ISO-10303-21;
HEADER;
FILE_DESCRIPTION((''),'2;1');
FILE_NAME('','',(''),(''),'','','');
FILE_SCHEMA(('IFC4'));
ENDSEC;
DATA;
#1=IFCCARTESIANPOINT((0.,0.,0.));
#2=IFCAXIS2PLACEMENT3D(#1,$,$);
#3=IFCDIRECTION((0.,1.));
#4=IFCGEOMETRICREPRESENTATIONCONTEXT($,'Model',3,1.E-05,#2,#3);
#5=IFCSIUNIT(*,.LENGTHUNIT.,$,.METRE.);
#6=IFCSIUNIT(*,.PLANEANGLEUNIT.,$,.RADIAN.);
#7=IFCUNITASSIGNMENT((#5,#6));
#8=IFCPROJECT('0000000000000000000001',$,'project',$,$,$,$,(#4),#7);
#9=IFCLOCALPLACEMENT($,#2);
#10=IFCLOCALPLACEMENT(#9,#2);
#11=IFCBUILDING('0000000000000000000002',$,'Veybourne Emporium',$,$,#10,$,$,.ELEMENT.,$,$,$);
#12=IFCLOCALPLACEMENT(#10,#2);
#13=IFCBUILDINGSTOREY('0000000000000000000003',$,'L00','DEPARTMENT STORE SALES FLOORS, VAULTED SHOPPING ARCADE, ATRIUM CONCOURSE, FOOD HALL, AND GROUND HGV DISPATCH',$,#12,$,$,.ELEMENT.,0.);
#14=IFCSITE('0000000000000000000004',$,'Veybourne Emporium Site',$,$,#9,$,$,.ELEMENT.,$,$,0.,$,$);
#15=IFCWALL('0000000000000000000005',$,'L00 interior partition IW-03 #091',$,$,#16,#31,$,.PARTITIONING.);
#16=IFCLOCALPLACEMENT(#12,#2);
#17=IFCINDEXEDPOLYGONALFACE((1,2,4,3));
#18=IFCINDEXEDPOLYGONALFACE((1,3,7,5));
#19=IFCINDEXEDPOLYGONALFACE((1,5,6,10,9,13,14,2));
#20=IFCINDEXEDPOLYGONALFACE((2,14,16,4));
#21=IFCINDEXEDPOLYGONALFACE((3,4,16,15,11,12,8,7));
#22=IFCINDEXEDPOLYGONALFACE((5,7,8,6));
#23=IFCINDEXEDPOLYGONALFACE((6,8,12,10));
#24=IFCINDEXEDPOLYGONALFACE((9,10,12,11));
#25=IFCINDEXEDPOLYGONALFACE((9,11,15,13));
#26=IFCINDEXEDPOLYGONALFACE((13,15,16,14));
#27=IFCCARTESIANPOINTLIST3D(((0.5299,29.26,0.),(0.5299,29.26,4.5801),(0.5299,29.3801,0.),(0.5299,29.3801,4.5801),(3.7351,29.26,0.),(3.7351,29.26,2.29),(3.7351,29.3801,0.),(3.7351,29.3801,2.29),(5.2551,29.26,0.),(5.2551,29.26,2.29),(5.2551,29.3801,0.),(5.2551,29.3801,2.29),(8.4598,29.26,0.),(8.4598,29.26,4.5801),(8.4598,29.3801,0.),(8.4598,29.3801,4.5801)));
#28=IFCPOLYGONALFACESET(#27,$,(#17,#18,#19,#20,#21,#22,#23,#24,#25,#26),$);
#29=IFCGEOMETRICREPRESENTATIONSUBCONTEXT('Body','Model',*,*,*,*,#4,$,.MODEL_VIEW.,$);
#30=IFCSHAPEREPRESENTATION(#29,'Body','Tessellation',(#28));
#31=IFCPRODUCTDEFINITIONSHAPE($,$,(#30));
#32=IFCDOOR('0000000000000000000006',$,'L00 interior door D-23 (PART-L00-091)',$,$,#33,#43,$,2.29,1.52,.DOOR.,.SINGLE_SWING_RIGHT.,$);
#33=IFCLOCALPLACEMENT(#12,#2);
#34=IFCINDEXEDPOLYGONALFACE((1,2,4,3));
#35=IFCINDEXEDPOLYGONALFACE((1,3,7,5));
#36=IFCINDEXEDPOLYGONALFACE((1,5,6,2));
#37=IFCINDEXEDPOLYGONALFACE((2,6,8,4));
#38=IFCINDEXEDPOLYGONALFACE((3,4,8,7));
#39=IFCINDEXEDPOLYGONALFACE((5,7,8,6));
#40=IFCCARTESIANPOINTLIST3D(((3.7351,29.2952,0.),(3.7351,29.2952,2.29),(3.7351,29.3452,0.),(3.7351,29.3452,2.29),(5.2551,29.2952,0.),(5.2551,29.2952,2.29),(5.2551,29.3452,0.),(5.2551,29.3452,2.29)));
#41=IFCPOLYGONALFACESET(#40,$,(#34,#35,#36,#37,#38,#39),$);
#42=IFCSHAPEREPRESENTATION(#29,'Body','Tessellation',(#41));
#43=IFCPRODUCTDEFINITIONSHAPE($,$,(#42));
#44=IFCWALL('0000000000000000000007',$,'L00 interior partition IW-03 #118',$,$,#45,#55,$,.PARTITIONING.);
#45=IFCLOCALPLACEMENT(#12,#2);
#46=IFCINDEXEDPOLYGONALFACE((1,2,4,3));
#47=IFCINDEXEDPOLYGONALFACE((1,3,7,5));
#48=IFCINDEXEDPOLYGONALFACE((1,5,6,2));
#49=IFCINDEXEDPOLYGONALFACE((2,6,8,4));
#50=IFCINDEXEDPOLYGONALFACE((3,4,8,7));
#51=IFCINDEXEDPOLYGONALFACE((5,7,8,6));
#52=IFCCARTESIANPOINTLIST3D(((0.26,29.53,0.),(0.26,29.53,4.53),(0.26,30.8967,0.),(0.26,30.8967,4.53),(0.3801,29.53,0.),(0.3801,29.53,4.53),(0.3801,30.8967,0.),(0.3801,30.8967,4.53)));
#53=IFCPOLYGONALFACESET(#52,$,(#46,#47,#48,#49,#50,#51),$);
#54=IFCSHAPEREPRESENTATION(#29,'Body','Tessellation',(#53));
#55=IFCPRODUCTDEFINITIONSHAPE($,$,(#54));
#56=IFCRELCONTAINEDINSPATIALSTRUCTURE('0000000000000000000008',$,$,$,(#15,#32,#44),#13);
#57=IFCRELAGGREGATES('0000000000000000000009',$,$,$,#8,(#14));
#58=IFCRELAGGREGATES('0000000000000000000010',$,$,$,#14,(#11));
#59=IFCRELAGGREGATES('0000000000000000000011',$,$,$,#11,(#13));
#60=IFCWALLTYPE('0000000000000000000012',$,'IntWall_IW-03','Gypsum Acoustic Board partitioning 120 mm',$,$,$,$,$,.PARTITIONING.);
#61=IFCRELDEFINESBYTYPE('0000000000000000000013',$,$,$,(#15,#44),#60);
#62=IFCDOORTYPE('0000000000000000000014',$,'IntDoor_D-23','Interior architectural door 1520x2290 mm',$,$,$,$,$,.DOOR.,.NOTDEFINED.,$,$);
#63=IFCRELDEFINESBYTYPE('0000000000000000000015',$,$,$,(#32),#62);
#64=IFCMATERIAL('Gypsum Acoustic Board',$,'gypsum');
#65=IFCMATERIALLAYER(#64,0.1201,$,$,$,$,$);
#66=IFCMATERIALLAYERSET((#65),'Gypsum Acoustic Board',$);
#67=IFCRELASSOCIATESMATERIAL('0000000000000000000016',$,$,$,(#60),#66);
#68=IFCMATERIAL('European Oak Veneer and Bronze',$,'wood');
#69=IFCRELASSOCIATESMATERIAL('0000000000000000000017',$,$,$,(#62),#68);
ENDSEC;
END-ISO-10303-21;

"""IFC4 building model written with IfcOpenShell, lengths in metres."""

from ifc_helpers import new_model, si_unit, direction, frame, frame_2d, origin, place, context, subcontext, project, spatial, rectangle, extrude, material, layer, layer_set, type_object, element, fill, save


model = new_model("IFC4")

# Units and contexts
model_context = context("Model", 3, precision=1e-05, world=origin(), true_north=direction((0.0, 1.0)))
body_context = subcontext(model_context, "Body", "Model", "MODEL_VIEW")
ifc_project = project(units=[si_unit("LENGTHUNIT", "METRE"), si_unit("PLANEANGLEUNIT", "RADIAN")], contexts=[model_context])

# Site, building, storey
site_placement = place(None, origin())
site = spatial("IfcSite", under=ifc_project, at=site_placement, Name="Veybourne Emporium Site", CompositionType="ELEMENT", RefElevation=0.0)
building_placement = place(site_placement, origin())
building = spatial("IfcBuilding", under=site, at=building_placement, Name="Veybourne Emporium", CompositionType="ELEMENT")
storey_placement = place(building_placement, origin())
storey = spatial("IfcBuildingStorey", under=building, at=storey_placement, Name="L00", Description="DEPARTMENT STORE SALES FLOORS, VAULTED SHOPPING ARCADE, ATRIUM CONCOURSE, FOOD HALL, AND GROUND HGV DISPATCH", CompositionType="ELEMENT", Elevation=0.0)

# Shared definitions
ifc_material_1 = material(Name="Gypsum Acoustic Board", Category="gypsum")
ifc_material_2 = material(Name="European Oak Veneer and Bronze", Category="wood")

# Wall, opening, door
ifc_layer_1 = layer(ifc_material_1, 0.1201)
ifc_layer_set_1 = layer_set([ifc_layer_1], Name="Gypsum Acoustic Board")
wall_type_1 = type_object("IfcWallType", Name="IntWall_IW-03", Description="Gypsum Acoustic Board partitioning 120 mm", PredefinedType="PARTITIONING", material=ifc_layer_set_1)
wall_1_placement = place(storey_placement, frame((0.53, 29.3201, 0.0), z_axis=(0.0, 0.0, 1.0), x_axis=(1.0, 0.0, 0.0)))
wall_1 = element("IfcWall", 1, at=wall_1_placement, inside=storey, type_object=wall_type_1, Name="L00 interior partition IW-03 #091", PredefinedType="PARTITIONING", context=body_context, shape_type="SweptSolid", body=[
    extrude(rectangle(XDim=7.9299, YDim=0.1201, at=frame_2d((3.9648, 0.0))), origin(), (0.0, 0.0, 1.0), 4.5801),
])
opening_1_placement = place(wall_1_placement, frame((3.2051, 0.0, 0.0)))
opening_1 = element("IfcOpeningElement", 2, at=opening_1_placement, cuts=wall_1, PredefinedType="OPENING", context=body_context, shape_type="SweptSolid", body=[
    extrude(rectangle(XDim=1.52, YDim=2.29, at=frame_2d((0.76, 1.145))), frame((0.0, 0.0801, 0.0), z_axis=(0.0, -1.0, 0.0), x_axis=(1.0, 0.0, 0.0)), (0.0, 0.0, 1.0), 0.1602),
])
door_type_1 = type_object("IfcDoorType", Name="IntDoor_D-23", Description="Interior architectural door 1520x2290 mm", OperationType="NOTDEFINED", PredefinedType="DOOR", material=ifc_material_2)
door_1_placement = place(opening_1_placement, frame((1.52, 0.0, 0.0), z_axis=(0.0, 0.0, 1.0), x_axis=(-1.0, 0.0, 0.0)))
door_1 = element("IfcDoor", 3, at=door_1_placement, inside=storey, type_object=door_type_1, Name="L00 interior door D-23 (PART-L00-091)", OperationType="SINGLE_SWING_RIGHT", OverallHeight=2.29, OverallWidth=1.52, PredefinedType="DOOR", context=body_context, shape_type="SweptSolid", body=[
    extrude(rectangle(XDim=1.52, YDim=2.29, at=frame_2d((0.76, 1.145))), frame((0.0, 0.0249, 0.0), z_axis=(0.0, -1.0, 0.0), x_axis=(1.0, 0.0, 0.0)), (0.0, 0.0, 1.0), 0.05),
])
fill(opening_1, door_1)

# Wall
wall_2_placement = place(storey_placement, frame((0.3201, 29.53, 0.0), z_axis=(0.0, 0.0, 1.0), x_axis=(0.0, 1.0, 0.0)))
element("IfcWall", 4, at=wall_2_placement, inside=storey, type_object=wall_type_1, Name="L00 interior partition IW-03 #118", PredefinedType="PARTITIONING", context=body_context, shape_type="SweptSolid", body=[
    extrude(rectangle(XDim=1.3667, YDim=0.1201, at=frame_2d((0.6833, 0.0))), origin(), (0.0, 0.0, 1.0), 4.53),
])

save(model, "model.ifc")
